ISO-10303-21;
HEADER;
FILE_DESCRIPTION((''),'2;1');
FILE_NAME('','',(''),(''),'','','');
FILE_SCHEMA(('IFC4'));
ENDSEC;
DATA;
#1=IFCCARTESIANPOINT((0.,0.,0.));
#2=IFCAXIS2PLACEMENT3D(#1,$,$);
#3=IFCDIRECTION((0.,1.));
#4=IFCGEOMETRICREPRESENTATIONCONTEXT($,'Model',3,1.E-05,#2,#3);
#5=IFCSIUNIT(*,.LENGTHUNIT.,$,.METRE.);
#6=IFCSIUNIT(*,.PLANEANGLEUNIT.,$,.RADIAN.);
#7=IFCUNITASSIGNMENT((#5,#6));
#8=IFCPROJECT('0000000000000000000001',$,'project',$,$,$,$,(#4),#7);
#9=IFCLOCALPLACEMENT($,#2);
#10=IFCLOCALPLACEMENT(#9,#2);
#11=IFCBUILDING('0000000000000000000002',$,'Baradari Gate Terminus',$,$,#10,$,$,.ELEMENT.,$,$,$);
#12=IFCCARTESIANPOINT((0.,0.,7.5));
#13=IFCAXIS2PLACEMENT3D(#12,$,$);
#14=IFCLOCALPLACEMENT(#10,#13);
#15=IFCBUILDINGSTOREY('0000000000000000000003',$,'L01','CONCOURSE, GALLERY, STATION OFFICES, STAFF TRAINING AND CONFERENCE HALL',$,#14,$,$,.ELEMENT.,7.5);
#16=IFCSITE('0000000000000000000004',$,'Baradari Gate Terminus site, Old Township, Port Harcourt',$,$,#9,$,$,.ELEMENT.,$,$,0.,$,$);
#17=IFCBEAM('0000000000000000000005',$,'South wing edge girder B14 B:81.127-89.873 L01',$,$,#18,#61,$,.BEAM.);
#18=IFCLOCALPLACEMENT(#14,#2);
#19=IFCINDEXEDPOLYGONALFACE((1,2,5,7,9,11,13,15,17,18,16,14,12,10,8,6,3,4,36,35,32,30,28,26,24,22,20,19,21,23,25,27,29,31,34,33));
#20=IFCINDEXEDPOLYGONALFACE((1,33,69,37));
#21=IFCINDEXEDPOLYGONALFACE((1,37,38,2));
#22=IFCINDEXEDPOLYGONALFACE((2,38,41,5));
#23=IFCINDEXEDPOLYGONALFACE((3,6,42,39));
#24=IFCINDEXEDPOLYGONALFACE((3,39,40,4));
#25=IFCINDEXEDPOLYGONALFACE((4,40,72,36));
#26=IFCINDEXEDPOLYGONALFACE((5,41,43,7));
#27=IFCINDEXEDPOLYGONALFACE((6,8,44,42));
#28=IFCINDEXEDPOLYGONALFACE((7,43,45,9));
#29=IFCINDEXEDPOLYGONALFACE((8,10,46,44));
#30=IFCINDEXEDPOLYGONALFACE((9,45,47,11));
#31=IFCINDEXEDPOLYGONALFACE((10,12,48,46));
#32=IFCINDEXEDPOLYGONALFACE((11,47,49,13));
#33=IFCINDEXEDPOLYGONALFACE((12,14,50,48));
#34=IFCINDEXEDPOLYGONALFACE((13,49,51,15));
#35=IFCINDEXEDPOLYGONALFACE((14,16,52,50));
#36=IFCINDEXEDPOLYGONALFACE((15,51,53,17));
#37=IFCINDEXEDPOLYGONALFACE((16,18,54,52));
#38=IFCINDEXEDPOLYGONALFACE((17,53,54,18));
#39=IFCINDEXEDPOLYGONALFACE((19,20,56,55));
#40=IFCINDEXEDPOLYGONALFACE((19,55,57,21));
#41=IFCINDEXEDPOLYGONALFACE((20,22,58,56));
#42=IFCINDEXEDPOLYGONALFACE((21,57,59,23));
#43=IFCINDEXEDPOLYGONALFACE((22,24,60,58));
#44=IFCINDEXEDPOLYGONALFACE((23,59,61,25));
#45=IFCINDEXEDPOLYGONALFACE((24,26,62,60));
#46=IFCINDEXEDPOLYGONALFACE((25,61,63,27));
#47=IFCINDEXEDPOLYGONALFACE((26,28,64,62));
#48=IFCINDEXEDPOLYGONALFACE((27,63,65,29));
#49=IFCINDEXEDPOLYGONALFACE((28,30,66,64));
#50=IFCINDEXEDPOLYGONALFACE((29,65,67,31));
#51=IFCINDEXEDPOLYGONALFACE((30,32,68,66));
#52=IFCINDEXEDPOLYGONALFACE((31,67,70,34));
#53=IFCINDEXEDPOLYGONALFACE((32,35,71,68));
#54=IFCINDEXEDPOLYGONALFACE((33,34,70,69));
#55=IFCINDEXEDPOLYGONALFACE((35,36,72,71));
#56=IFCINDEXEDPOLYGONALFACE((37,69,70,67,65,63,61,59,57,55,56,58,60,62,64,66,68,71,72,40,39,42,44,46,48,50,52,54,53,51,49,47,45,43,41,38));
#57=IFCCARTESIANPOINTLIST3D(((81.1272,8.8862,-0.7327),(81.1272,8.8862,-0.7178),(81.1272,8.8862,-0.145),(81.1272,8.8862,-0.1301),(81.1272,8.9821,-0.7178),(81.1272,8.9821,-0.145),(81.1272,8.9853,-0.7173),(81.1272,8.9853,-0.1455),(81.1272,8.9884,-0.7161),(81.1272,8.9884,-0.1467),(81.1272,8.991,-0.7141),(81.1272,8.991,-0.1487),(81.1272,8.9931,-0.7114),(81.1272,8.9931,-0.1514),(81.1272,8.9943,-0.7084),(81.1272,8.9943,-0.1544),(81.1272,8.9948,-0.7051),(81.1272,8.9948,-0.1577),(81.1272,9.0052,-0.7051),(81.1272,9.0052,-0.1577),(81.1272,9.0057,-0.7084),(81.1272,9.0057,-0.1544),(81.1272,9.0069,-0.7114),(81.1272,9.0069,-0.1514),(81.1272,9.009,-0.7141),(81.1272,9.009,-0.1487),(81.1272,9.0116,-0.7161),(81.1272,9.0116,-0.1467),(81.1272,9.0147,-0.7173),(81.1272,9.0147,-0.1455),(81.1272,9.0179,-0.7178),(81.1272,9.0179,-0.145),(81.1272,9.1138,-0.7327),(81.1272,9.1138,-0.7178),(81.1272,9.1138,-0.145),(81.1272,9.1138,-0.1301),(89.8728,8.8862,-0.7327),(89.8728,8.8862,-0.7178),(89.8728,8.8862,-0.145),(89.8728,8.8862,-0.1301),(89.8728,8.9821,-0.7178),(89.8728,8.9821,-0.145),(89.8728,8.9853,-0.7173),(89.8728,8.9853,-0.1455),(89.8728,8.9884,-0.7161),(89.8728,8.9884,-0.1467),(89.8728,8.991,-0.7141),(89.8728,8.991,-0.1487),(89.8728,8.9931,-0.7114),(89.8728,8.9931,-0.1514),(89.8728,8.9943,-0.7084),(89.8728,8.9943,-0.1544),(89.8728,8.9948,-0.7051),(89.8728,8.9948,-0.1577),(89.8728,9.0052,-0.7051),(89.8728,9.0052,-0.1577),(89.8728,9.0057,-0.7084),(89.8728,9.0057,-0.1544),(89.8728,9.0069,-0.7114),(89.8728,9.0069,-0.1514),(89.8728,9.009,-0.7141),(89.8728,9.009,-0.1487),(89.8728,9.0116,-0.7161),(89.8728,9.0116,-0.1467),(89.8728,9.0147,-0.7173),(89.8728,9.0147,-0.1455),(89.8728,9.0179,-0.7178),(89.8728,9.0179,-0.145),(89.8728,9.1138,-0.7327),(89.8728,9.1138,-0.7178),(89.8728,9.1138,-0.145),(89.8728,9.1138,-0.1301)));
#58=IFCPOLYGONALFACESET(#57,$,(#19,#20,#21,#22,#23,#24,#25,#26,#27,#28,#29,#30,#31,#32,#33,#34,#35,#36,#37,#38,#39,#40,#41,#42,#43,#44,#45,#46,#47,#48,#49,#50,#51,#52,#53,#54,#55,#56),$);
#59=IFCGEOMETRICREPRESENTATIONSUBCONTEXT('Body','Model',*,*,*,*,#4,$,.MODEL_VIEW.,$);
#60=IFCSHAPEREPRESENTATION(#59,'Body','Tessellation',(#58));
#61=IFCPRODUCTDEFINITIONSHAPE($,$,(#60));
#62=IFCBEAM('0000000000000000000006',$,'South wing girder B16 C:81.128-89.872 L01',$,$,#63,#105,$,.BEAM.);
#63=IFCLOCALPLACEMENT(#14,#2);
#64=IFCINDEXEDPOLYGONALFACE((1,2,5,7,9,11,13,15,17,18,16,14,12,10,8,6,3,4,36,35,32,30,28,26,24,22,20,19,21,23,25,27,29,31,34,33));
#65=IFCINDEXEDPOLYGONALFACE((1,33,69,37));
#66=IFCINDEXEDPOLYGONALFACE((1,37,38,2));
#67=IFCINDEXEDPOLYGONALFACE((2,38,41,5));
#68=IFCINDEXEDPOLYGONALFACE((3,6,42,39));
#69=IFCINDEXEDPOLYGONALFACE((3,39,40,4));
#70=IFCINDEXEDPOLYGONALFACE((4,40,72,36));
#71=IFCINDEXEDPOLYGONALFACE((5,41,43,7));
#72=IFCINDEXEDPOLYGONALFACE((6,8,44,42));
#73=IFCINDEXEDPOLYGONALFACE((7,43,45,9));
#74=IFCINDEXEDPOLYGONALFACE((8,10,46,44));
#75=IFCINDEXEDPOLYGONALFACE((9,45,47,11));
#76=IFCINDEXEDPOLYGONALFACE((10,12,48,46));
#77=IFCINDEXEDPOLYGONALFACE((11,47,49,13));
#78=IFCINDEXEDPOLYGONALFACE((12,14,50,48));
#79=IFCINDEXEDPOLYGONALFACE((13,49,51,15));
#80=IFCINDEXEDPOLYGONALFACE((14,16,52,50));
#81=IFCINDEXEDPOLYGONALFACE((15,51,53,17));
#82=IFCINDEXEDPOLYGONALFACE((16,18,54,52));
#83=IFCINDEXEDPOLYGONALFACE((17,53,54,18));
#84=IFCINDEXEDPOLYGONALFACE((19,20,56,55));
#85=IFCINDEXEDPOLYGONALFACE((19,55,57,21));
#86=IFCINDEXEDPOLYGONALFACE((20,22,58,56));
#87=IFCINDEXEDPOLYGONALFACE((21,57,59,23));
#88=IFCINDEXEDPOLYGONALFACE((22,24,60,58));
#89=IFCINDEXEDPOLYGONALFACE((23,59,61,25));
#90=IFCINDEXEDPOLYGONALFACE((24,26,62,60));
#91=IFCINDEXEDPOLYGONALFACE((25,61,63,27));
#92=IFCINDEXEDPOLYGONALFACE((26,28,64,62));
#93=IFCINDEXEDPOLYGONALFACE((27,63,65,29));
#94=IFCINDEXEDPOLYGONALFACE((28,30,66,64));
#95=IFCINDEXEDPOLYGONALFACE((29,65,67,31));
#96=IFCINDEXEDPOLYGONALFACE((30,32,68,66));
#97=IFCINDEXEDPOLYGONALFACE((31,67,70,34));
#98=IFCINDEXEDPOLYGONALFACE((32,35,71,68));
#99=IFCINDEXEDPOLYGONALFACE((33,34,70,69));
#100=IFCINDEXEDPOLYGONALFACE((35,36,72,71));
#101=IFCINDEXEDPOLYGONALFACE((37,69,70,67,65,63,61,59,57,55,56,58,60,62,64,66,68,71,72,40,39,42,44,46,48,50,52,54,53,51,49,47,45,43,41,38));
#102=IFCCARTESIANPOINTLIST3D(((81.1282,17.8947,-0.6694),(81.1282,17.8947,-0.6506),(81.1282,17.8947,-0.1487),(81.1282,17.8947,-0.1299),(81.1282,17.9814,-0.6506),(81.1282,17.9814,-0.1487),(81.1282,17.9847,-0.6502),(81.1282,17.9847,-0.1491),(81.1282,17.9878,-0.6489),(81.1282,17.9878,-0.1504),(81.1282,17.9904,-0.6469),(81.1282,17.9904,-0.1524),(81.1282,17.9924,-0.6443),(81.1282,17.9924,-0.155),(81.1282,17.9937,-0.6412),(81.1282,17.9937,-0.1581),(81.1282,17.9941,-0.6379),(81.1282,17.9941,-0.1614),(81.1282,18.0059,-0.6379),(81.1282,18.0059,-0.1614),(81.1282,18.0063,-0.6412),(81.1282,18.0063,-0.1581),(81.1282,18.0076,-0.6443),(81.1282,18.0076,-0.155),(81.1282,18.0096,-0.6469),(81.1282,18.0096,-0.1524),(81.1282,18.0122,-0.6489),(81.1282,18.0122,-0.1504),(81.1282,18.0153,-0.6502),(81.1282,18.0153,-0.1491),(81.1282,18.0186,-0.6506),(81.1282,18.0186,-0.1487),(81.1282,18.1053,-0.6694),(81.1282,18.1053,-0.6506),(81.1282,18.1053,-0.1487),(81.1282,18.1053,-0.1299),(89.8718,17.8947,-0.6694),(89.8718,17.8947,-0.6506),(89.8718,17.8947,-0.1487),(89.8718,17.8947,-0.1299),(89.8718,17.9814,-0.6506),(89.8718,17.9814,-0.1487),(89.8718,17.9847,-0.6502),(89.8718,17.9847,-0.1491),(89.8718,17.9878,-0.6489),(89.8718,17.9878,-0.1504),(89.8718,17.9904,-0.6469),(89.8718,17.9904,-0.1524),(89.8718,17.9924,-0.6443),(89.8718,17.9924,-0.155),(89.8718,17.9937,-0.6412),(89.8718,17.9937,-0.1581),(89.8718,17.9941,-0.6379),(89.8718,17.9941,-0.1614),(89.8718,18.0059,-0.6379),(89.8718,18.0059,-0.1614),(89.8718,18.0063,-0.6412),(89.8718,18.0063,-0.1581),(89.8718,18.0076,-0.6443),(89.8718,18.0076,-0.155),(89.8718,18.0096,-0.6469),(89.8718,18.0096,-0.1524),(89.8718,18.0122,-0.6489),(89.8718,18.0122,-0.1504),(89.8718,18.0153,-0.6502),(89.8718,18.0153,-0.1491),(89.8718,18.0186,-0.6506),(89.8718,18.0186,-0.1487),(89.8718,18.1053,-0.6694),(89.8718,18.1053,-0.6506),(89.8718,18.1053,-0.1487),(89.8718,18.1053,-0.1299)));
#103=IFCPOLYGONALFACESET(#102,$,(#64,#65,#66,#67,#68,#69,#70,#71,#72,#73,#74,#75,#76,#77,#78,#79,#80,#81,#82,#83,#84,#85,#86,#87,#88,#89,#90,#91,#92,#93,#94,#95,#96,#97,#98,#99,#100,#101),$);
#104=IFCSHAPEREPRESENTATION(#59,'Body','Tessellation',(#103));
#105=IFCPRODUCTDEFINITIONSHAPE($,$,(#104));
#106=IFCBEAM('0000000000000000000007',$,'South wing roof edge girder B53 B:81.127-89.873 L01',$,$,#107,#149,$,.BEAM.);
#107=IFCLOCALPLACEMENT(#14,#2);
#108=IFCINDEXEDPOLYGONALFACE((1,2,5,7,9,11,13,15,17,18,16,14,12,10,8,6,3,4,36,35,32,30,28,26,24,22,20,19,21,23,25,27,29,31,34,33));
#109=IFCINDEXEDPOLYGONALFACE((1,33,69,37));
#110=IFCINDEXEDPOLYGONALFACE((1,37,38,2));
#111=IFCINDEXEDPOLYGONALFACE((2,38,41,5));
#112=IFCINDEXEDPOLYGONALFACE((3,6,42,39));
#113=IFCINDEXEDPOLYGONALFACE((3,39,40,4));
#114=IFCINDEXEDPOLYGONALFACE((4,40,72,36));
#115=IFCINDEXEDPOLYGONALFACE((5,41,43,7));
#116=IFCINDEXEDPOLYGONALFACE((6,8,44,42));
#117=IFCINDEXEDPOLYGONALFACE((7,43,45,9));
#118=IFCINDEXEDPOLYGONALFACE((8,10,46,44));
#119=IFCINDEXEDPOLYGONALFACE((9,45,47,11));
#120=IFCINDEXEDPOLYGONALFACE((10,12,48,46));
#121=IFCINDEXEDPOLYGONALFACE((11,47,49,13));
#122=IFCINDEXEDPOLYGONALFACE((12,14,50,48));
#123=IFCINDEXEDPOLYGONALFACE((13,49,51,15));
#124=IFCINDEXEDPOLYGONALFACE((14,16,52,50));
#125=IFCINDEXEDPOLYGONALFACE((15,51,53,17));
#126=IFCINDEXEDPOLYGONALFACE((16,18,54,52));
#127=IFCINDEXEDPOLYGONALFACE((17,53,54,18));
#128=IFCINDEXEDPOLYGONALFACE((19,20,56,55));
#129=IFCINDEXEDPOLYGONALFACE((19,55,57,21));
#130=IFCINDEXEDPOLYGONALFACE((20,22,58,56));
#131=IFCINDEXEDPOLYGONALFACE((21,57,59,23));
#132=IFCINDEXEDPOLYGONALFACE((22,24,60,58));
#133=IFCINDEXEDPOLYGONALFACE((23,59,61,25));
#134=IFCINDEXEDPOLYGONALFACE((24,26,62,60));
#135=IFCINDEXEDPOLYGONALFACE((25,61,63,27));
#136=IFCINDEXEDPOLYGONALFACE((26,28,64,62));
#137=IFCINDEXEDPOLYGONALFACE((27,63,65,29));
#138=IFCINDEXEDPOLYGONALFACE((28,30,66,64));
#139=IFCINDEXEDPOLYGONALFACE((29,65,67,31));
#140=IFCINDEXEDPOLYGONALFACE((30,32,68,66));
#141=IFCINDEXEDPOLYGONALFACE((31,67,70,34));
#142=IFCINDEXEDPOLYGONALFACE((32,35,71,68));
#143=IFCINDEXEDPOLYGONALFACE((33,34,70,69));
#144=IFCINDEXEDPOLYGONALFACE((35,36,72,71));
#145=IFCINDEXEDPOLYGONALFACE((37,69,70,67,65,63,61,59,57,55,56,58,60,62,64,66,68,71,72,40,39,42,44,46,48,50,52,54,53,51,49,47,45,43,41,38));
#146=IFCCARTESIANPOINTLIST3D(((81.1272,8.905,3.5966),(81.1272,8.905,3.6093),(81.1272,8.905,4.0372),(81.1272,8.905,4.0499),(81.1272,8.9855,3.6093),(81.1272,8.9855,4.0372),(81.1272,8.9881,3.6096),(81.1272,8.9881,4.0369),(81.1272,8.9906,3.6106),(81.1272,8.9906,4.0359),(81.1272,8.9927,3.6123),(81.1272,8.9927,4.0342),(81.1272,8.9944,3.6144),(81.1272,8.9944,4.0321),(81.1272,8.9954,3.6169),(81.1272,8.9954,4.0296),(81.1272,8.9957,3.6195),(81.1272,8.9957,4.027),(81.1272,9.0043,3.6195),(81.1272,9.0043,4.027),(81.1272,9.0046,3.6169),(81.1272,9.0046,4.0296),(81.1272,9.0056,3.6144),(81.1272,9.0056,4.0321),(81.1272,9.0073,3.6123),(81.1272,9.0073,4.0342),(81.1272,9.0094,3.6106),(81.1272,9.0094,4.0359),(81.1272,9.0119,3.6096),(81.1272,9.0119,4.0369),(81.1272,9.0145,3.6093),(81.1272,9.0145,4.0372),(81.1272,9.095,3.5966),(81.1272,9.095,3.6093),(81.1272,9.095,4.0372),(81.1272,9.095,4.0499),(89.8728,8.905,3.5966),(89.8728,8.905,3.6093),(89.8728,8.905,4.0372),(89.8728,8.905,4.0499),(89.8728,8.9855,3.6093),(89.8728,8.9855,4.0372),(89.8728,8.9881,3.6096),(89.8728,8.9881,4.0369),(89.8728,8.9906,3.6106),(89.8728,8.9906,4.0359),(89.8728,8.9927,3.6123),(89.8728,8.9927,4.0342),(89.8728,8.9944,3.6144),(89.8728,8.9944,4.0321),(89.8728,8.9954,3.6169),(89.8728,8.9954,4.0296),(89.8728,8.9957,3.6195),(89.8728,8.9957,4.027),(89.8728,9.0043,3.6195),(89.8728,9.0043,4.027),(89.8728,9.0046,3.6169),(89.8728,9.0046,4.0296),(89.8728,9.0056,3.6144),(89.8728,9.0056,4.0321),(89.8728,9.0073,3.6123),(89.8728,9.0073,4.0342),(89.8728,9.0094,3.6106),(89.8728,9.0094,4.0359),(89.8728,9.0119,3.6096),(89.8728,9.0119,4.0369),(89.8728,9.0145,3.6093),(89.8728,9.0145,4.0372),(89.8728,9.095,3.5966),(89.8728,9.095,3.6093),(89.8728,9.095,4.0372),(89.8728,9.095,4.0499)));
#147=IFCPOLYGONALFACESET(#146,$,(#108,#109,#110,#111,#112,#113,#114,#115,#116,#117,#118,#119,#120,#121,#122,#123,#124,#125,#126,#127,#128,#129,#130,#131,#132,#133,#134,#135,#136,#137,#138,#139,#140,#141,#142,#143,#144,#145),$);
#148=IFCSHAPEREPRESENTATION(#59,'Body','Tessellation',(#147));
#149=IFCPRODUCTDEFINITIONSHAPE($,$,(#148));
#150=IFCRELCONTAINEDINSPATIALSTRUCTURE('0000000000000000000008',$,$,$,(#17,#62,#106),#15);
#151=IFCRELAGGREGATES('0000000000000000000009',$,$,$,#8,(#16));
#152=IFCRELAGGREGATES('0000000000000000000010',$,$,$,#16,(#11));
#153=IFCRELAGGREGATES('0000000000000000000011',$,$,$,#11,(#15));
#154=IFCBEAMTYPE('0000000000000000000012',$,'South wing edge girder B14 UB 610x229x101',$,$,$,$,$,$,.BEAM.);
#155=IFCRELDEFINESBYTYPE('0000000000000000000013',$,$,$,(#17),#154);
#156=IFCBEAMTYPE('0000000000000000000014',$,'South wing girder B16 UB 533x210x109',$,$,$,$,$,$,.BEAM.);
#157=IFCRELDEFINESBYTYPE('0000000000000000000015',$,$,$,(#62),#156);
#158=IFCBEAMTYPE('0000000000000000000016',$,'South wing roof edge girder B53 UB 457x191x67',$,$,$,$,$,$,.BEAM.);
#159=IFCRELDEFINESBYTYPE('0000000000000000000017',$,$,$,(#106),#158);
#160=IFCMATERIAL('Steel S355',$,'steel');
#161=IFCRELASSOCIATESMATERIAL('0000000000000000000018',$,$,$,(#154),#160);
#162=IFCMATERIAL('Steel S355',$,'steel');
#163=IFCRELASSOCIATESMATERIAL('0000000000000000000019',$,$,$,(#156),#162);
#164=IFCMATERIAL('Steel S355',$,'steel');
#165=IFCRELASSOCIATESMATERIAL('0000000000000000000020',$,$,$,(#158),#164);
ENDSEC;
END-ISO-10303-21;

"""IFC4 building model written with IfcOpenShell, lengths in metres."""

from ifc_helpers import new_model, si_unit, direction, frame, origin, origin_2d, place, context, subcontext, project, spatial, i_section, extrude, material, material_profile, profile_set, type_object, element, save


model = new_model("IFC4")

# Units and contexts
model_context = context("Model", 3, precision=1e-05, world=origin(), true_north=direction((0.0, 1.0)))
body_context = subcontext(model_context, "Body", "Model", "MODEL_VIEW")
ifc_project = project(units=[si_unit("LENGTHUNIT", "METRE"), si_unit("PLANEANGLEUNIT", "RADIAN")], contexts=[model_context])

# Site, building, storey
site_placement = place(None, origin())
site = spatial("IfcSite", under=ifc_project, at=site_placement, Name="Baradari Gate Terminus site, Old Township, Port Harcourt", CompositionType="ELEMENT", RefElevation=0.0)
building_placement = place(site_placement, origin())
building = spatial("IfcBuilding", under=site, at=building_placement, Name="Baradari Gate Terminus", CompositionType="ELEMENT")
storey_placement = place(building_placement, frame((0.0, 0.0, 7.5)))
storey = spatial("IfcBuildingStorey", under=building, at=storey_placement, Name="L01", Description="CONCOURSE, GALLERY, STATION OFFICES, STAFF TRAINING AND CONFERENCE HALL", CompositionType="ELEMENT", Elevation=7.5)

# Beams
ifc_material_1 = material(Name="Steel S355", Category="steel")
ifc_material_profile_1 = material_profile(ifc_material_1, i_section(OverallWidth=0.2275, OverallDepth=0.6025, WebThickness=0.0105, FlangeThickness=0.0149, FilletRadius=0.0127, at=origin_2d()), Name="UB 610x229x101")
ifc_profile_set_1 = profile_set([ifc_material_profile_1], Name="Steel S355")
beam_type_1 = type_object("IfcBeamType", Name="South wing edge girder B14 UB 610x229x101", PredefinedType="BEAM", material=ifc_profile_set_1)
beam_1_placement = place(storey_placement, frame((81.1272, 9.0, -0.4314), z_axis=(1.0, 0.0, 0.0), x_axis=(0.0, 1.0, 0.0)))
element("IfcBeam", 1, at=beam_1_placement, inside=storey, type_object=beam_type_1, Name="South wing edge girder B14 B:81.127-89.873 L01", PredefinedType="BEAM", context=body_context, shape_type="SweptSolid", body=[
    extrude(i_section(OverallWidth=0.2275, OverallDepth=0.6025, WebThickness=0.0105, FlangeThickness=0.0149, FilletRadius=0.0127, at=origin_2d()), origin(), (0.0, 0.0, 1.0), 8.7456),
])
ifc_material_2 = material(Name="Steel S355", Category="steel")
ifc_material_profile_2 = material_profile(ifc_material_2, i_section(OverallWidth=0.2107, OverallDepth=0.5396, WebThickness=0.0117, FlangeThickness=0.0188, FilletRadius=0.0127, at=origin_2d()), Name="UB 533x210x109")
ifc_profile_set_2 = profile_set([ifc_material_profile_2], Name="Steel S355")
beam_type_2 = type_object("IfcBeamType", Name="South wing girder B16 UB 533x210x109", PredefinedType="BEAM", material=ifc_profile_set_2)
beam_2_placement = place(storey_placement, frame((81.1282, 18.0, -0.3997), z_axis=(1.0, 0.0, 0.0), x_axis=(0.0, 1.0, 0.0)))
element("IfcBeam", 2, at=beam_2_placement, inside=storey, type_object=beam_type_2, Name="South wing girder B16 C:81.128-89.872 L01", PredefinedType="BEAM", context=body_context, shape_type="SweptSolid", body=[
    extrude(i_section(OverallWidth=0.2107, OverallDepth=0.5396, WebThickness=0.0117, FlangeThickness=0.0188, FilletRadius=0.0127, at=origin_2d()), origin(), (0.0, 0.0, 1.0), 8.7437),
])
ifc_material_3 = material(Name="Steel S355", Category="steel")
ifc_material_profile_3 = material_profile(ifc_material_3, i_section(OverallWidth=0.1899, OverallDepth=0.4534, WebThickness=0.0085, FlangeThickness=0.0127, FilletRadius=0.0103, at=origin_2d()), Name="UB 457x191x67")
ifc_profile_set_3 = profile_set([ifc_material_profile_3], Name="Steel S355")
beam_type_3 = type_object("IfcBeamType", Name="South wing roof edge girder B53 UB 457x191x67", PredefinedType="BEAM", material=ifc_profile_set_3)
beam_3_placement = place(storey_placement, frame((81.1272, 9.0, 3.8232), z_axis=(1.0, 0.0, 0.0), x_axis=(0.0, 1.0, 0.0)))
element("IfcBeam", 3, at=beam_3_placement, inside=storey, type_object=beam_type_3, Name="South wing roof edge girder B53 B:81.127-89.873 L01", PredefinedType="BEAM", context=body_context, shape_type="SweptSolid", body=[
    extrude(i_section(OverallWidth=0.1899, OverallDepth=0.4534, WebThickness=0.0085, FlangeThickness=0.0127, FilletRadius=0.0103, at=origin_2d()), origin(), (0.0, 0.0, 1.0), 8.7456),
])

save(model, "model.ifc")
